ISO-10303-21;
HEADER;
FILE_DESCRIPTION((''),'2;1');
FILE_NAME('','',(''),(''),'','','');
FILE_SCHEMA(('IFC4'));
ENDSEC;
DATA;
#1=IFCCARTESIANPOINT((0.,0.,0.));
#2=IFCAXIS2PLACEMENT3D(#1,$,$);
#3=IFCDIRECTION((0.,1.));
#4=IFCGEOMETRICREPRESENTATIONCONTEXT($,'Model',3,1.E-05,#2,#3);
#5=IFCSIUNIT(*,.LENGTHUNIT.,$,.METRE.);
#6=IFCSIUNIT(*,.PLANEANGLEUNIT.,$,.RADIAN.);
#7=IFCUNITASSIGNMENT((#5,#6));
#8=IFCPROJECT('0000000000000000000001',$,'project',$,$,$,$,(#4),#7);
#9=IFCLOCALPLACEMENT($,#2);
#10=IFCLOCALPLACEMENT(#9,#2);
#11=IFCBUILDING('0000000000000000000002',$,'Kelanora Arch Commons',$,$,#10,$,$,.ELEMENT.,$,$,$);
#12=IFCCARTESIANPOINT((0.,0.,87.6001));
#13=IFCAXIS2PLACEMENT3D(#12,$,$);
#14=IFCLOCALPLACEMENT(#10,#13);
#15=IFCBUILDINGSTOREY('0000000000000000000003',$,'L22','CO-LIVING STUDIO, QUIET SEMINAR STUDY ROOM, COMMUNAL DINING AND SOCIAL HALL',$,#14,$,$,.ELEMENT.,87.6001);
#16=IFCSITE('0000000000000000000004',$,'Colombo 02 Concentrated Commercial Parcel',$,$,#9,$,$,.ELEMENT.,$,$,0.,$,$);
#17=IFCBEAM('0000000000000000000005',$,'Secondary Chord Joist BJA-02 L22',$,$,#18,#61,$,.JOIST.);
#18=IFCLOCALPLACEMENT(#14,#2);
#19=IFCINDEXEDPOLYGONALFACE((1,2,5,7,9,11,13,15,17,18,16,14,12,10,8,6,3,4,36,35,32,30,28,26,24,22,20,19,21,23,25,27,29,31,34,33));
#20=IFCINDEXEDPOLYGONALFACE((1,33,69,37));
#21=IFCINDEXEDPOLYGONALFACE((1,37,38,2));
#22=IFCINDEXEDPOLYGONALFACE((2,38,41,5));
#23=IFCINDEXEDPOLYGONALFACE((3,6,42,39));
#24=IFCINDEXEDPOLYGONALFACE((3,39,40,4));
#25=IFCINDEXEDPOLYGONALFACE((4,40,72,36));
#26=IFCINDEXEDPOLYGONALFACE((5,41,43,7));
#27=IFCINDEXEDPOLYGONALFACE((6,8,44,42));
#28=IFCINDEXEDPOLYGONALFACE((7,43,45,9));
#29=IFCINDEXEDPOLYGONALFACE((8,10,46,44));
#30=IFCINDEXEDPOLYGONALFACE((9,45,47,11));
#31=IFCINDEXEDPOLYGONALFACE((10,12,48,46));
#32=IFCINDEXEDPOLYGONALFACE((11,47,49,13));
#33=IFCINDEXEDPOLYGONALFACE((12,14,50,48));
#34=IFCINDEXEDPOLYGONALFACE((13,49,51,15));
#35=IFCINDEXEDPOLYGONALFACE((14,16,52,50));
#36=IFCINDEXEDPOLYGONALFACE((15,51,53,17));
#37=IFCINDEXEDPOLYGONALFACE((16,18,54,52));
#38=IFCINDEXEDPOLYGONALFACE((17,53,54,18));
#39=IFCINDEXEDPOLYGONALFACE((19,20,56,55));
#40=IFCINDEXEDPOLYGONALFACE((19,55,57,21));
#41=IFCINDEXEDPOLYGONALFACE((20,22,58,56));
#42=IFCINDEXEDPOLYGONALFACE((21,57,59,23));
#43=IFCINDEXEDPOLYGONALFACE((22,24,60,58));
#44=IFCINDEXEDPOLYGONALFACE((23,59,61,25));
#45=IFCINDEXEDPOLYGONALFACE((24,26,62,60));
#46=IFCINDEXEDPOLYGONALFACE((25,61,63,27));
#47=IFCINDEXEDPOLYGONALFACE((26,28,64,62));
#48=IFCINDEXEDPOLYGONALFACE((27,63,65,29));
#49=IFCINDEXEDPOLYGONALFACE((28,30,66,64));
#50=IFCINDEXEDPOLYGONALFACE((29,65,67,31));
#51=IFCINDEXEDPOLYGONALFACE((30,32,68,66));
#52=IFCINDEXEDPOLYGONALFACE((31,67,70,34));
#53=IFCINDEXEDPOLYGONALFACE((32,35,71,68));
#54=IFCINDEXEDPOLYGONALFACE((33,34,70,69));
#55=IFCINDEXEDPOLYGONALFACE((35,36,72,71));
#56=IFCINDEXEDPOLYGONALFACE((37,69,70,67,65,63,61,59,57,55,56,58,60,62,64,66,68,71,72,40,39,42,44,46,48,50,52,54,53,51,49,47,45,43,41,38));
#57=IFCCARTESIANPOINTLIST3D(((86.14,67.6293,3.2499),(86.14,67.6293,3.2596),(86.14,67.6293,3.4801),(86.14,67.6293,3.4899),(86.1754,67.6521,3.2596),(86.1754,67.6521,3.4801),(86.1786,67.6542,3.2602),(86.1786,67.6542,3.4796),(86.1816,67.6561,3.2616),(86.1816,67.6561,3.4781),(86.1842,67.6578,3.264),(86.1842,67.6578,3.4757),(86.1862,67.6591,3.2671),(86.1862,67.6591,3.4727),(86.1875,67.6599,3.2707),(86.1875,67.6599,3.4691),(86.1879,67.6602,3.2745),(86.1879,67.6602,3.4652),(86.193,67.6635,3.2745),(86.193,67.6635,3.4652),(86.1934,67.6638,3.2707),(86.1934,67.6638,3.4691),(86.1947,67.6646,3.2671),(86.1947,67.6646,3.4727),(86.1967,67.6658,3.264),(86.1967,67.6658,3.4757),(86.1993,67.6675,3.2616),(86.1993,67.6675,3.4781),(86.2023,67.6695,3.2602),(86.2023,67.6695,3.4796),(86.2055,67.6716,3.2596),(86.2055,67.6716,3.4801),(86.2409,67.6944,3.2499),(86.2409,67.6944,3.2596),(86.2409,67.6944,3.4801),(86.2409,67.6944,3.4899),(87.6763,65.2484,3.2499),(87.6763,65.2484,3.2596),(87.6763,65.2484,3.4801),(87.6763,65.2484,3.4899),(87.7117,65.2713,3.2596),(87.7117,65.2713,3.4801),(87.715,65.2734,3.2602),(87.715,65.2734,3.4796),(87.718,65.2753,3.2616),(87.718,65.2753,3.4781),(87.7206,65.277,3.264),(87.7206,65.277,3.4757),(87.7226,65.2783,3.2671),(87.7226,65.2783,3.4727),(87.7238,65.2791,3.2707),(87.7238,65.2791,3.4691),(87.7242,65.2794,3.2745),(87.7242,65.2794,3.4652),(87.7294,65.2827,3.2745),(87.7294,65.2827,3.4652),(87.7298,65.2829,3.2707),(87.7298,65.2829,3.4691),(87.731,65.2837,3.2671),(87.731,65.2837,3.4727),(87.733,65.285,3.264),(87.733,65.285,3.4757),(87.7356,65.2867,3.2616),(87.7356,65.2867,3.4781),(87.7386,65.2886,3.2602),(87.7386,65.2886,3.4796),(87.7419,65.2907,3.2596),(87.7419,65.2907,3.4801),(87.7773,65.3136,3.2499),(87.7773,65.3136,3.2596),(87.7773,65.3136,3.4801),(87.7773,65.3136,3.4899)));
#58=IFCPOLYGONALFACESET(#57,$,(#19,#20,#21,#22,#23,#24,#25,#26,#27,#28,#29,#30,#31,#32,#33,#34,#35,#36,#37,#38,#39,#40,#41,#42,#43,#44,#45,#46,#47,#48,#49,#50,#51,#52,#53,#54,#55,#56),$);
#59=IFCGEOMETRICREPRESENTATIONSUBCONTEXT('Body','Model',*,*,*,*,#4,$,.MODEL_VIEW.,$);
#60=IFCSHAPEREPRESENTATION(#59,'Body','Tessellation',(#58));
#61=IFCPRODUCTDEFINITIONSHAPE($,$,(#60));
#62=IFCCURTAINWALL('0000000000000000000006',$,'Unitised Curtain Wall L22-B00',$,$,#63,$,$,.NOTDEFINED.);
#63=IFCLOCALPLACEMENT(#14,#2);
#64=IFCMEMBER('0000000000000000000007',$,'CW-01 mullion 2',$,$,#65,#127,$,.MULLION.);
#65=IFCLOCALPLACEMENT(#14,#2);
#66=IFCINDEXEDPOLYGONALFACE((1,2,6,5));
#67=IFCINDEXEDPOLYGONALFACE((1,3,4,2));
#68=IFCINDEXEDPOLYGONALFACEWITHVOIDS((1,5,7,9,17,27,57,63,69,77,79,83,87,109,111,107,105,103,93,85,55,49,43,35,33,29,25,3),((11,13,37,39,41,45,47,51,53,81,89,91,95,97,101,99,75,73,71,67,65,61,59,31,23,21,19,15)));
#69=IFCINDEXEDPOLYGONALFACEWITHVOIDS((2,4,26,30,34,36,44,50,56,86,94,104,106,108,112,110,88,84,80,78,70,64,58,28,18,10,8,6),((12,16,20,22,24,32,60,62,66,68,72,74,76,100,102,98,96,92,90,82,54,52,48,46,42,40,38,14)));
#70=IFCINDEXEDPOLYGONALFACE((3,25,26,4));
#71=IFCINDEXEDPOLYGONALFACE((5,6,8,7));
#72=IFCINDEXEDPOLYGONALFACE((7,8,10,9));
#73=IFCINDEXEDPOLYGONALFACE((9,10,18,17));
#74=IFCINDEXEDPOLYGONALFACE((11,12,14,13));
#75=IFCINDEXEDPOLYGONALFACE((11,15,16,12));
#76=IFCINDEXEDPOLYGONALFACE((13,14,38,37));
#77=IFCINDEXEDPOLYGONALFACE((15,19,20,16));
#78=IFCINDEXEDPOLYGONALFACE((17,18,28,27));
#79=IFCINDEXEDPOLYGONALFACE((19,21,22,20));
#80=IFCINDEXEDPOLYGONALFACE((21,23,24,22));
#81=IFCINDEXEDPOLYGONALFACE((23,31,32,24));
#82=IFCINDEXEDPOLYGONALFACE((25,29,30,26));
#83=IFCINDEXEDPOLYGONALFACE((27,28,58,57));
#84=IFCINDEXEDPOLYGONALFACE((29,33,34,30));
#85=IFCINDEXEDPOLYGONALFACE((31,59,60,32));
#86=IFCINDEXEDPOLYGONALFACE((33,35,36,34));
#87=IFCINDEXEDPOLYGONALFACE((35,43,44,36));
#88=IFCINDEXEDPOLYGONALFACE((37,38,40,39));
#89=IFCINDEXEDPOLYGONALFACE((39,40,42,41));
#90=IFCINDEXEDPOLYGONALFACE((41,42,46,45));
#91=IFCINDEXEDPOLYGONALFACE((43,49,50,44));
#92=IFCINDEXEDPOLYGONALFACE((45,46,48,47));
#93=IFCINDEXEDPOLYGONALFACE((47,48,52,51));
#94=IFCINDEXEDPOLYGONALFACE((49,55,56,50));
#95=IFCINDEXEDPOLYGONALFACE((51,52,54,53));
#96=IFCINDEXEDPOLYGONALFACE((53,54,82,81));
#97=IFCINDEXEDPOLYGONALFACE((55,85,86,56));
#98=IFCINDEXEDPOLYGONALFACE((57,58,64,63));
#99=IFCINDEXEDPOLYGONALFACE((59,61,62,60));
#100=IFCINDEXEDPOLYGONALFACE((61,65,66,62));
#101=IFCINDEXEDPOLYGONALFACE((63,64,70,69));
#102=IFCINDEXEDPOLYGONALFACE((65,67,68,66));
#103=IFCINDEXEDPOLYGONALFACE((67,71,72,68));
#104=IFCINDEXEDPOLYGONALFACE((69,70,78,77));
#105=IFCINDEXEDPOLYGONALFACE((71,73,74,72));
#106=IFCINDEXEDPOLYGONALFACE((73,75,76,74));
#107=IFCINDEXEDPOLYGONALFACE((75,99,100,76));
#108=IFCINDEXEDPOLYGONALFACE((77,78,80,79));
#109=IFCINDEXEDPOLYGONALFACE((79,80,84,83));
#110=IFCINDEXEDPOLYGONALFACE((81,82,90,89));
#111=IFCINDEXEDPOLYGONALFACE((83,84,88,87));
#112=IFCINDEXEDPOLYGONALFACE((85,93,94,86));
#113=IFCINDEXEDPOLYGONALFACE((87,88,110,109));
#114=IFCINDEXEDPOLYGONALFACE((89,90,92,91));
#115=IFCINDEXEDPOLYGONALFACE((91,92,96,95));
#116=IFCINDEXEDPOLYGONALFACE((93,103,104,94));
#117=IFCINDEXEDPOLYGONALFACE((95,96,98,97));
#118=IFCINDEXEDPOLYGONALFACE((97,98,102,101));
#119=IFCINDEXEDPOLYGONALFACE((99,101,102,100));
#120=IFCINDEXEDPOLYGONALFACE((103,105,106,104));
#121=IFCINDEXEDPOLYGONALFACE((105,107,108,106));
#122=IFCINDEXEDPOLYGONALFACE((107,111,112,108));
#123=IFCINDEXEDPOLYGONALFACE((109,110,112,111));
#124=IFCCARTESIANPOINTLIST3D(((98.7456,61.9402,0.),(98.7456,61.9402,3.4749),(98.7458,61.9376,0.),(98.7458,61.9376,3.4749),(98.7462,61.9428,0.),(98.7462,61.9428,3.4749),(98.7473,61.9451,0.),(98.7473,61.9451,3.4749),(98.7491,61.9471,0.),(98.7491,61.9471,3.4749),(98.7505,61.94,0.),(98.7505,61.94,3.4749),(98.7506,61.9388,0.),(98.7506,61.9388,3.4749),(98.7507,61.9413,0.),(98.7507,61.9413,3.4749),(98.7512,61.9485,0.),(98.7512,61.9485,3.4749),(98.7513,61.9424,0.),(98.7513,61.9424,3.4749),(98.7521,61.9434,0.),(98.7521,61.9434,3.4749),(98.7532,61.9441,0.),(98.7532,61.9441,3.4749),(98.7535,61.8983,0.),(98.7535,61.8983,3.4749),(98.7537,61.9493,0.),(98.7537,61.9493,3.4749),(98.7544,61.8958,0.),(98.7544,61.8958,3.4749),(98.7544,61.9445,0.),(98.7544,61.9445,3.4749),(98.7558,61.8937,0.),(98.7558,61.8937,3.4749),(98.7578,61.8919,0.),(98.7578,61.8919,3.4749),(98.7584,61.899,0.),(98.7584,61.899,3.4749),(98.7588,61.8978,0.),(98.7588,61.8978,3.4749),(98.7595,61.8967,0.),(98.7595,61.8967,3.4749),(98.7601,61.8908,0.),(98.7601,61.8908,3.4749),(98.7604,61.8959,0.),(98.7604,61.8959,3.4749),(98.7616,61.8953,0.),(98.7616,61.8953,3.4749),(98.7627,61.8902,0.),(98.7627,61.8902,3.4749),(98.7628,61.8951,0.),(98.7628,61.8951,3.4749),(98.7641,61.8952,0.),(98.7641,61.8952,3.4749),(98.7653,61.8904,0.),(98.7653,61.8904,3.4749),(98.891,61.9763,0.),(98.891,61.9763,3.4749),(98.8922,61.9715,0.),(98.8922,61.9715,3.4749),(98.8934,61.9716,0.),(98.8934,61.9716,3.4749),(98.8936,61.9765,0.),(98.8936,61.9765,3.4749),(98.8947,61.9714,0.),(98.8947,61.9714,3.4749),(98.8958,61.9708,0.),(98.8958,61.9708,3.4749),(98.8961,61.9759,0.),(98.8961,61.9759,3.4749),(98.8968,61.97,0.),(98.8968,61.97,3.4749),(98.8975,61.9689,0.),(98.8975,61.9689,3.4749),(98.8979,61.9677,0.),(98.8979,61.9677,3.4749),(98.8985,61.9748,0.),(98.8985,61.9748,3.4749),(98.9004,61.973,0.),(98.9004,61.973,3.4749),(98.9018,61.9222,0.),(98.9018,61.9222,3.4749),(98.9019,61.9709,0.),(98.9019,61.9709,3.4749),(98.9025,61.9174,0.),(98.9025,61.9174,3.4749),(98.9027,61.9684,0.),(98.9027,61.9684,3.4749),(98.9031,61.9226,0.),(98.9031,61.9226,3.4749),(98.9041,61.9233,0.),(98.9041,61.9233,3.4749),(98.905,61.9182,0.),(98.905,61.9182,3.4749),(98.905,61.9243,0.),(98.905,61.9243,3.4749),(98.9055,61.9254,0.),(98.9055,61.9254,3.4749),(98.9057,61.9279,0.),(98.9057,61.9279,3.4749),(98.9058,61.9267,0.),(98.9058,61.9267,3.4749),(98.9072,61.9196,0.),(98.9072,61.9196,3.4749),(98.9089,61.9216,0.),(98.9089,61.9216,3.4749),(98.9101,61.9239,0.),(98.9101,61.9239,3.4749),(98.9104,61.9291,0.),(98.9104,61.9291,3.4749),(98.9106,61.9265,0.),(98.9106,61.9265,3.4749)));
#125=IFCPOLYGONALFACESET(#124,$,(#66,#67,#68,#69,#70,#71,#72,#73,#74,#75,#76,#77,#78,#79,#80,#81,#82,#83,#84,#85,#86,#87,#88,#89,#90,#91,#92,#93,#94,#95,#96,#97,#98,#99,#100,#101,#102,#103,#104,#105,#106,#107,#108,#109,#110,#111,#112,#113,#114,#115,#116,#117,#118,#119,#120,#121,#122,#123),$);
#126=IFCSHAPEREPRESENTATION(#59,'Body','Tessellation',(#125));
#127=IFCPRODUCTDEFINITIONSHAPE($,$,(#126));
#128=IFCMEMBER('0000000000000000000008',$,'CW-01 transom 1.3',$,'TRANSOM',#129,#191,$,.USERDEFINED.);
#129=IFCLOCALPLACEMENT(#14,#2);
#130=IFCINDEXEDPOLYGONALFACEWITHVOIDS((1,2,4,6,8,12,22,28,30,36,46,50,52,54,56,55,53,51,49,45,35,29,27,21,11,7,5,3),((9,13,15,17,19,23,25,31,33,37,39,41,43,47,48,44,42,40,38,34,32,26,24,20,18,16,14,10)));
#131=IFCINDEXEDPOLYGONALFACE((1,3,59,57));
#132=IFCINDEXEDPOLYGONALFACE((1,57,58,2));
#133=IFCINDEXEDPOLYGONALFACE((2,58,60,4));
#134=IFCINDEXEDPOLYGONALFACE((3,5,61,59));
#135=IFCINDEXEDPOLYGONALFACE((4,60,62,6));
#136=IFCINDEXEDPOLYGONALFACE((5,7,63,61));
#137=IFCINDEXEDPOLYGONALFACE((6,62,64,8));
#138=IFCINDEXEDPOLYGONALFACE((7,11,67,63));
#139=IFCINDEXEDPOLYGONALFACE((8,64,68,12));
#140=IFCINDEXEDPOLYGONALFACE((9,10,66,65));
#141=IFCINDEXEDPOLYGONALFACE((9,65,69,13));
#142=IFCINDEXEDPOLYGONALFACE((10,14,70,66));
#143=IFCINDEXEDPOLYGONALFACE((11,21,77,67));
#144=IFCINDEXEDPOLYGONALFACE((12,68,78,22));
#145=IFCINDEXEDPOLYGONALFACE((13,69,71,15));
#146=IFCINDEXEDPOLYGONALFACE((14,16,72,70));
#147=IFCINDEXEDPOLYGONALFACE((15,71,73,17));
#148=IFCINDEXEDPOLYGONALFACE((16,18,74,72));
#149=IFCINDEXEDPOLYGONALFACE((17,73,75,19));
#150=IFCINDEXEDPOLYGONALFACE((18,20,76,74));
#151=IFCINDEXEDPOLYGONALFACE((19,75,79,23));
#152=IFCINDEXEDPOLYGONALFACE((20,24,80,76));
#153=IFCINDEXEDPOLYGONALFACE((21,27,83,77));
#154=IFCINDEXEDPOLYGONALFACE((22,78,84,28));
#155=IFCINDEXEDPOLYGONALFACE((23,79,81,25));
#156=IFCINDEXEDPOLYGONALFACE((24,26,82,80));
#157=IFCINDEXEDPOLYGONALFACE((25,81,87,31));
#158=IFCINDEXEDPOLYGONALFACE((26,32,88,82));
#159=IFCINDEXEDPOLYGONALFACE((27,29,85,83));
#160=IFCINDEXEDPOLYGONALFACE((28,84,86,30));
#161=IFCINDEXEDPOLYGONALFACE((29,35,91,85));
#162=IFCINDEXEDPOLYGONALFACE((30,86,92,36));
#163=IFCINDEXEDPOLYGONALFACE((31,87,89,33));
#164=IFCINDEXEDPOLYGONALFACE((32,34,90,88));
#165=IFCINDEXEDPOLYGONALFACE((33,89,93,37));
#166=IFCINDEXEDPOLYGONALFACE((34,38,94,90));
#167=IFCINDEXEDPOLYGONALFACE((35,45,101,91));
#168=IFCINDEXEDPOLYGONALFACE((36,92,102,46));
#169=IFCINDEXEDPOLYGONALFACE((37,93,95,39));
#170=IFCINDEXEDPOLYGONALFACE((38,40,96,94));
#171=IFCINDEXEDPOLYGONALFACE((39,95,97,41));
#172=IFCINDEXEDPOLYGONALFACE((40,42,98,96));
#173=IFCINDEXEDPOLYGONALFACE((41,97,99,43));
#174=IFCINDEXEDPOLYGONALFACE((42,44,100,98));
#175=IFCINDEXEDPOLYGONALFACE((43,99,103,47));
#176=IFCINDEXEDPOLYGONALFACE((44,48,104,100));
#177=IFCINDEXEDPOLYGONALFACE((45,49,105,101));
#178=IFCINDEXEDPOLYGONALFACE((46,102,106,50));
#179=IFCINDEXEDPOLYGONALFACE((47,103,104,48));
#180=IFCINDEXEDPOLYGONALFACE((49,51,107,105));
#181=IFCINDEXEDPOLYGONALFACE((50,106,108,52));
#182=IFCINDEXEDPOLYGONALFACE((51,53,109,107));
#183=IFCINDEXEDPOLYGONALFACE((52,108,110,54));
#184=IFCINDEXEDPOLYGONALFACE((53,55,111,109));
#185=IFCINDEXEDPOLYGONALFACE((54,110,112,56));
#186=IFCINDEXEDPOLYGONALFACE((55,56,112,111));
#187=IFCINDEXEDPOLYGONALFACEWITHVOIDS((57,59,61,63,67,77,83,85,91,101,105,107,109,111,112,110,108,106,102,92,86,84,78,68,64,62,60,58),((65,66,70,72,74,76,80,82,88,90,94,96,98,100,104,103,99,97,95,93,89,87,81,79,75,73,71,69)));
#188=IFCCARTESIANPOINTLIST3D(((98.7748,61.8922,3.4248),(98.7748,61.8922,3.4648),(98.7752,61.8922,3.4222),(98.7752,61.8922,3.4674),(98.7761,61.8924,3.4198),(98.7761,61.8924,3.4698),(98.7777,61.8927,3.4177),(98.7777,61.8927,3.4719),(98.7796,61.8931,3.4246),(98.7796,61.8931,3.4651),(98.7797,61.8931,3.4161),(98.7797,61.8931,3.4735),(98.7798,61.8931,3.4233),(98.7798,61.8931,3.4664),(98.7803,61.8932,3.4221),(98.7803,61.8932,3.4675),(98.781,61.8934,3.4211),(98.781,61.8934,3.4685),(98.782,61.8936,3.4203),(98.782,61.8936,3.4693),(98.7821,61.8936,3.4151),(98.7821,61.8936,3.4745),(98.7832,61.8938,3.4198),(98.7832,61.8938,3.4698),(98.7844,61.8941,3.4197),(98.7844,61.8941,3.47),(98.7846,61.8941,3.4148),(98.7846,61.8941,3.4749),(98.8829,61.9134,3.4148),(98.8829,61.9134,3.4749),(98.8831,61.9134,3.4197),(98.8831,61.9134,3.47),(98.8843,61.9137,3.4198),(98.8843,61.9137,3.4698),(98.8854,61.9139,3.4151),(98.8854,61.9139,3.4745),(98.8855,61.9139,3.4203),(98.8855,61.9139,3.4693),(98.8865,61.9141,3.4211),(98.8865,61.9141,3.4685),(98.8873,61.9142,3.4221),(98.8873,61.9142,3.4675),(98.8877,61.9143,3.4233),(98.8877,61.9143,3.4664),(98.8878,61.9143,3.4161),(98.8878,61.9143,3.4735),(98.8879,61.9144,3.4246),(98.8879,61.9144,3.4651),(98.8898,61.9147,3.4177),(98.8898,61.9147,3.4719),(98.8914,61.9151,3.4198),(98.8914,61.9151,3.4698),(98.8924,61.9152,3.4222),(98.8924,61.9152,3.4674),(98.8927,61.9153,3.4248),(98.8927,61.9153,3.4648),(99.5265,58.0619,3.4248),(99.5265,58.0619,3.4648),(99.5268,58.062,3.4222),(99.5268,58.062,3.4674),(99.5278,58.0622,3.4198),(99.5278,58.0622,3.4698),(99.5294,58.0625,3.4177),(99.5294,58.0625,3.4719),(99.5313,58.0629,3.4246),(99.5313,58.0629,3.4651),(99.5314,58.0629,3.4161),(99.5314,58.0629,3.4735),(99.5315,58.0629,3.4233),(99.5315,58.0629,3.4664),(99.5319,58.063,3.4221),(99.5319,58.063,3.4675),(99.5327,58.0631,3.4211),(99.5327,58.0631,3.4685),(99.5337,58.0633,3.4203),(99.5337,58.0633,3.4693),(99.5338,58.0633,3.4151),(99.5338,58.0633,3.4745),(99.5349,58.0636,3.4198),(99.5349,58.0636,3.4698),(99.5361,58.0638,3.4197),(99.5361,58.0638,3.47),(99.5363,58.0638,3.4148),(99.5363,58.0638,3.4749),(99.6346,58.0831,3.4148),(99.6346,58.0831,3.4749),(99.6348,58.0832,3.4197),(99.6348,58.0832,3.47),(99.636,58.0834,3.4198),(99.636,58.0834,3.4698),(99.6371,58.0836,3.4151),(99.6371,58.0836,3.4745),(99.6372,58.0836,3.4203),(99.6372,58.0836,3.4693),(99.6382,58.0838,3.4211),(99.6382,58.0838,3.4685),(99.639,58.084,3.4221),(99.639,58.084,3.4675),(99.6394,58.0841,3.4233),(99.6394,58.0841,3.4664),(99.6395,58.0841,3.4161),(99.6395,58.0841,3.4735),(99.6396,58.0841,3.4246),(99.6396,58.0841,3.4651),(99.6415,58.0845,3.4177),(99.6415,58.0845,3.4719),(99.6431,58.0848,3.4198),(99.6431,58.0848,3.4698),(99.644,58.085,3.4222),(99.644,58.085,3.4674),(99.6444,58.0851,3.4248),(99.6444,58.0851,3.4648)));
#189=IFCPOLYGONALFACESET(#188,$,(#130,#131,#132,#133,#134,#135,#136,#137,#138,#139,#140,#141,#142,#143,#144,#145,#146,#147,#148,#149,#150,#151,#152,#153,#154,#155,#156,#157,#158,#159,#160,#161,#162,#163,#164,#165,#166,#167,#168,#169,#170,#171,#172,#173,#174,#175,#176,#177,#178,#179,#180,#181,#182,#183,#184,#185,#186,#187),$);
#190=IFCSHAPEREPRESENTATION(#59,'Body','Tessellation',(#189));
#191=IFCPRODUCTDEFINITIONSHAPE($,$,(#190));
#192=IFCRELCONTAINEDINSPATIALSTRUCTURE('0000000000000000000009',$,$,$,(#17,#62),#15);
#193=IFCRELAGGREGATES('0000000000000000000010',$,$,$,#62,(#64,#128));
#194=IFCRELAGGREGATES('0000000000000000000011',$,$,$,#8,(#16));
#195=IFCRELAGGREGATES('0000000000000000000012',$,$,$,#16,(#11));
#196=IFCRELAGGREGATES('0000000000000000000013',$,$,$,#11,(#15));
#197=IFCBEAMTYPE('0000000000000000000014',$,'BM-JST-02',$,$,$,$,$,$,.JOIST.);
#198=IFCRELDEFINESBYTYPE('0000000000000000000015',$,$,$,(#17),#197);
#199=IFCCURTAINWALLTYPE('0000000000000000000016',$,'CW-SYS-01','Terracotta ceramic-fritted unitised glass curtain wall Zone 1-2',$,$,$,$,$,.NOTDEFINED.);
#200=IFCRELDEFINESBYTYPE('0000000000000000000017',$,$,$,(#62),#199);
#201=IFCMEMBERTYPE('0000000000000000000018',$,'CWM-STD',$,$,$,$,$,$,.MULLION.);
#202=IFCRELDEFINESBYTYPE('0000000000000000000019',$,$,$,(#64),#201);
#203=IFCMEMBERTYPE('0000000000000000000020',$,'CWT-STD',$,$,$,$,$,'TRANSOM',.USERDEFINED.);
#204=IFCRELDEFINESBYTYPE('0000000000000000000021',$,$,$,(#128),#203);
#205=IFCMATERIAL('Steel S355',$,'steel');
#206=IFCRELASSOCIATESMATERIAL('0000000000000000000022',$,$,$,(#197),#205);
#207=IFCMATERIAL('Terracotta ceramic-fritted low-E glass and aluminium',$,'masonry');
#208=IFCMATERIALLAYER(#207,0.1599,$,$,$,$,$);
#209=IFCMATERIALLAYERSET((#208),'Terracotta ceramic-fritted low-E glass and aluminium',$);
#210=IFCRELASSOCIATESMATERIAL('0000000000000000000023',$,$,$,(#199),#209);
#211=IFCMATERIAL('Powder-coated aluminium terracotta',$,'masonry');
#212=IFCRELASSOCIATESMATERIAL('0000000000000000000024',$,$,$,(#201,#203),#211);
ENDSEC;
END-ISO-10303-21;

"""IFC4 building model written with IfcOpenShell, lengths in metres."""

from ifc_helpers import new_model, si_unit, direction, frame, origin, origin_2d, place, context, subcontext, project, spatial, hollow_rectangle, i_section, extrude, material, layer, layer_set, material_profile, profile_set, type_object, element, aggregate, save


model = new_model("IFC4")

# Units and contexts
model_context = context("Model", 3, precision=1e-05, world=origin(), true_north=direction((0.0, 1.0)))
body_context = subcontext(model_context, "Body", "Model", "MODEL_VIEW")
ifc_project = project(units=[si_unit("LENGTHUNIT", "METRE"), si_unit("PLANEANGLEUNIT", "RADIAN")], contexts=[model_context])

# Site, building, storey
site_placement = place(None, origin())
site = spatial("IfcSite", under=ifc_project, at=site_placement, Name="Colombo 02 Concentrated Commercial Parcel", CompositionType="ELEMENT", RefElevation=0.0)
building_placement = place(site_placement, origin())
building = spatial("IfcBuilding", under=site, at=building_placement, Name="Kelanora Arch Commons", CompositionType="ELEMENT")
storey_placement = place(building_placement, frame((0.0, 0.0, 87.6001)))
storey = spatial("IfcBuildingStorey", under=building, at=storey_placement, Name="L22", Description="CO-LIVING STUDIO, QUIET SEMINAR STUDY ROOM, COMMUNAL DINING AND SOCIAL HALL", CompositionType="ELEMENT", Elevation=87.6001)

# Beam
ifc_material_1 = material(Name="Steel S355", Category="steel")
ifc_material_profile_1 = material_profile(ifc_material_1, i_section(OverallWidth=0.1201, OverallDepth=0.24, WebThickness=0.0061, FlangeThickness=0.0098, FilletRadius=0.0149, at=origin_2d()), Name="IPE240")
ifc_profile_set_1 = profile_set([ifc_material_profile_1], Name="Steel S355")
beam_type_1 = type_object("IfcBeamType", Name="BM-JST-02", PredefinedType="JOIST", material=ifc_profile_set_1)
beam_1_placement = place(storey_placement, frame((87.7268, 65.281, 3.3699), z_axis=(-0.542211, 0.840242, 0.0), x_axis=(-0.840242, -0.542211, 0.0)))
element("IfcBeam", 1, at=beam_1_placement, inside=storey, type_object=beam_type_1, Name="Secondary Chord Joist BJA-02 L22", PredefinedType="JOIST", context=body_context, shape_type="SweptSolid", body=[
    extrude(i_section(OverallWidth=0.1201, OverallDepth=0.24, WebThickness=0.0061, FlangeThickness=0.0098, FilletRadius=0.0149, at=origin_2d()), origin(), (0.0, 0.0, 1.0), 2.8335),
])

# Curtain wall, members
ifc_material_2 = material(Name="Terracotta ceramic-fritted low-E glass and aluminium", Category="masonry")
ifc_layer_1 = layer(ifc_material_2, 0.1599)
ifc_layer_set_1 = layer_set([ifc_layer_1], Name="Terracotta ceramic-fritted low-E glass and aluminium")
curtain_wall_type = type_object("IfcCurtainWallType", Name="CW-SYS-01", Description="Terracotta ceramic-fritted unitised glass curtain wall Zone 1-2", PredefinedType="NOTDEFINED", material=ifc_layer_set_1)
curtain_wall_placement = place(storey_placement, origin())
curtain_wall = element("IfcCurtainWall", 2, at=curtain_wall_placement, inside=storey, type_object=curtain_wall_type, Name="Unitised Curtain Wall L22-B00", PredefinedType="NOTDEFINED")
ifc_material_3 = material(Name="Powder-coated aluminium terracotta", Category="masonry")
ifc_material_profile_2 = material_profile(ifc_material_3, hollow_rectangle(XDim=0.1599, YDim=0.0601, WallThickness=0.0049, InnerFilletRadius=0.0049, OuterFilletRadius=0.01, at=origin_2d()), Name="CWM160x60")
ifc_profile_set_2 = profile_set([ifc_material_profile_2], Name="Powder-coated aluminium terracotta")
member_type_1 = type_object("IfcMemberType", Name="CWM-STD", PredefinedType="MULLION", material=ifc_profile_set_2)
member_1_placement = place(storey_placement, frame((98.8281, 61.9333, 0.0), z_axis=(0.0, 0.0, 1.0), x_axis=(-0.98128, -0.192585, 0.0)))
member_1 = element("IfcMember", 3, at=member_1_placement, type_object=member_type_1, Name="CW-01 mullion 2", PredefinedType="MULLION", context=body_context, shape_type="SweptSolid", body=[
    extrude(hollow_rectangle(XDim=0.1599, YDim=0.0601, WallThickness=0.0049, InnerFilletRadius=0.0049, OuterFilletRadius=0.01, at=origin_2d()), origin(), (0.0, 0.0, 1.0), 3.4749),
])
ifc_material_profile_3 = material_profile(ifc_material_3, hollow_rectangle(XDim=0.1201, YDim=0.0601, WallThickness=0.0049, InnerFilletRadius=0.0049, OuterFilletRadius=0.01, at=origin_2d()), Name="CWT120x60")
ifc_profile_set_3 = profile_set([ifc_material_profile_3], Name="Powder-coated aluminium terracotta")
member_type_2 = type_object("IfcMemberType", Name="CWT-STD", ElementType="TRANSOM", PredefinedType="USERDEFINED", material=ifc_profile_set_3)
member_2_placement = place(storey_placement, frame((99.5854, 58.0735, 3.4448), z_axis=(-0.192579, 0.981282, 0.0), x_axis=(-0.981282, -0.192579, 0.0)))
member_2 = element("IfcMember", 4, at=member_2_placement, type_object=member_type_2, Name="CW-01 transom 1.3", ObjectType="TRANSOM", PredefinedType="USERDEFINED", context=body_context, shape_type="SweptSolid", body=[
    extrude(hollow_rectangle(XDim=0.1201, YDim=0.0601, WallThickness=0.0049, InnerFilletRadius=0.0049, OuterFilletRadius=0.01, at=origin_2d()), origin(), (0.0, 0.0, 1.0), 3.9033),
])
aggregate(curtain_wall, [member_1, member_2])

save(model, "model.ifc")
